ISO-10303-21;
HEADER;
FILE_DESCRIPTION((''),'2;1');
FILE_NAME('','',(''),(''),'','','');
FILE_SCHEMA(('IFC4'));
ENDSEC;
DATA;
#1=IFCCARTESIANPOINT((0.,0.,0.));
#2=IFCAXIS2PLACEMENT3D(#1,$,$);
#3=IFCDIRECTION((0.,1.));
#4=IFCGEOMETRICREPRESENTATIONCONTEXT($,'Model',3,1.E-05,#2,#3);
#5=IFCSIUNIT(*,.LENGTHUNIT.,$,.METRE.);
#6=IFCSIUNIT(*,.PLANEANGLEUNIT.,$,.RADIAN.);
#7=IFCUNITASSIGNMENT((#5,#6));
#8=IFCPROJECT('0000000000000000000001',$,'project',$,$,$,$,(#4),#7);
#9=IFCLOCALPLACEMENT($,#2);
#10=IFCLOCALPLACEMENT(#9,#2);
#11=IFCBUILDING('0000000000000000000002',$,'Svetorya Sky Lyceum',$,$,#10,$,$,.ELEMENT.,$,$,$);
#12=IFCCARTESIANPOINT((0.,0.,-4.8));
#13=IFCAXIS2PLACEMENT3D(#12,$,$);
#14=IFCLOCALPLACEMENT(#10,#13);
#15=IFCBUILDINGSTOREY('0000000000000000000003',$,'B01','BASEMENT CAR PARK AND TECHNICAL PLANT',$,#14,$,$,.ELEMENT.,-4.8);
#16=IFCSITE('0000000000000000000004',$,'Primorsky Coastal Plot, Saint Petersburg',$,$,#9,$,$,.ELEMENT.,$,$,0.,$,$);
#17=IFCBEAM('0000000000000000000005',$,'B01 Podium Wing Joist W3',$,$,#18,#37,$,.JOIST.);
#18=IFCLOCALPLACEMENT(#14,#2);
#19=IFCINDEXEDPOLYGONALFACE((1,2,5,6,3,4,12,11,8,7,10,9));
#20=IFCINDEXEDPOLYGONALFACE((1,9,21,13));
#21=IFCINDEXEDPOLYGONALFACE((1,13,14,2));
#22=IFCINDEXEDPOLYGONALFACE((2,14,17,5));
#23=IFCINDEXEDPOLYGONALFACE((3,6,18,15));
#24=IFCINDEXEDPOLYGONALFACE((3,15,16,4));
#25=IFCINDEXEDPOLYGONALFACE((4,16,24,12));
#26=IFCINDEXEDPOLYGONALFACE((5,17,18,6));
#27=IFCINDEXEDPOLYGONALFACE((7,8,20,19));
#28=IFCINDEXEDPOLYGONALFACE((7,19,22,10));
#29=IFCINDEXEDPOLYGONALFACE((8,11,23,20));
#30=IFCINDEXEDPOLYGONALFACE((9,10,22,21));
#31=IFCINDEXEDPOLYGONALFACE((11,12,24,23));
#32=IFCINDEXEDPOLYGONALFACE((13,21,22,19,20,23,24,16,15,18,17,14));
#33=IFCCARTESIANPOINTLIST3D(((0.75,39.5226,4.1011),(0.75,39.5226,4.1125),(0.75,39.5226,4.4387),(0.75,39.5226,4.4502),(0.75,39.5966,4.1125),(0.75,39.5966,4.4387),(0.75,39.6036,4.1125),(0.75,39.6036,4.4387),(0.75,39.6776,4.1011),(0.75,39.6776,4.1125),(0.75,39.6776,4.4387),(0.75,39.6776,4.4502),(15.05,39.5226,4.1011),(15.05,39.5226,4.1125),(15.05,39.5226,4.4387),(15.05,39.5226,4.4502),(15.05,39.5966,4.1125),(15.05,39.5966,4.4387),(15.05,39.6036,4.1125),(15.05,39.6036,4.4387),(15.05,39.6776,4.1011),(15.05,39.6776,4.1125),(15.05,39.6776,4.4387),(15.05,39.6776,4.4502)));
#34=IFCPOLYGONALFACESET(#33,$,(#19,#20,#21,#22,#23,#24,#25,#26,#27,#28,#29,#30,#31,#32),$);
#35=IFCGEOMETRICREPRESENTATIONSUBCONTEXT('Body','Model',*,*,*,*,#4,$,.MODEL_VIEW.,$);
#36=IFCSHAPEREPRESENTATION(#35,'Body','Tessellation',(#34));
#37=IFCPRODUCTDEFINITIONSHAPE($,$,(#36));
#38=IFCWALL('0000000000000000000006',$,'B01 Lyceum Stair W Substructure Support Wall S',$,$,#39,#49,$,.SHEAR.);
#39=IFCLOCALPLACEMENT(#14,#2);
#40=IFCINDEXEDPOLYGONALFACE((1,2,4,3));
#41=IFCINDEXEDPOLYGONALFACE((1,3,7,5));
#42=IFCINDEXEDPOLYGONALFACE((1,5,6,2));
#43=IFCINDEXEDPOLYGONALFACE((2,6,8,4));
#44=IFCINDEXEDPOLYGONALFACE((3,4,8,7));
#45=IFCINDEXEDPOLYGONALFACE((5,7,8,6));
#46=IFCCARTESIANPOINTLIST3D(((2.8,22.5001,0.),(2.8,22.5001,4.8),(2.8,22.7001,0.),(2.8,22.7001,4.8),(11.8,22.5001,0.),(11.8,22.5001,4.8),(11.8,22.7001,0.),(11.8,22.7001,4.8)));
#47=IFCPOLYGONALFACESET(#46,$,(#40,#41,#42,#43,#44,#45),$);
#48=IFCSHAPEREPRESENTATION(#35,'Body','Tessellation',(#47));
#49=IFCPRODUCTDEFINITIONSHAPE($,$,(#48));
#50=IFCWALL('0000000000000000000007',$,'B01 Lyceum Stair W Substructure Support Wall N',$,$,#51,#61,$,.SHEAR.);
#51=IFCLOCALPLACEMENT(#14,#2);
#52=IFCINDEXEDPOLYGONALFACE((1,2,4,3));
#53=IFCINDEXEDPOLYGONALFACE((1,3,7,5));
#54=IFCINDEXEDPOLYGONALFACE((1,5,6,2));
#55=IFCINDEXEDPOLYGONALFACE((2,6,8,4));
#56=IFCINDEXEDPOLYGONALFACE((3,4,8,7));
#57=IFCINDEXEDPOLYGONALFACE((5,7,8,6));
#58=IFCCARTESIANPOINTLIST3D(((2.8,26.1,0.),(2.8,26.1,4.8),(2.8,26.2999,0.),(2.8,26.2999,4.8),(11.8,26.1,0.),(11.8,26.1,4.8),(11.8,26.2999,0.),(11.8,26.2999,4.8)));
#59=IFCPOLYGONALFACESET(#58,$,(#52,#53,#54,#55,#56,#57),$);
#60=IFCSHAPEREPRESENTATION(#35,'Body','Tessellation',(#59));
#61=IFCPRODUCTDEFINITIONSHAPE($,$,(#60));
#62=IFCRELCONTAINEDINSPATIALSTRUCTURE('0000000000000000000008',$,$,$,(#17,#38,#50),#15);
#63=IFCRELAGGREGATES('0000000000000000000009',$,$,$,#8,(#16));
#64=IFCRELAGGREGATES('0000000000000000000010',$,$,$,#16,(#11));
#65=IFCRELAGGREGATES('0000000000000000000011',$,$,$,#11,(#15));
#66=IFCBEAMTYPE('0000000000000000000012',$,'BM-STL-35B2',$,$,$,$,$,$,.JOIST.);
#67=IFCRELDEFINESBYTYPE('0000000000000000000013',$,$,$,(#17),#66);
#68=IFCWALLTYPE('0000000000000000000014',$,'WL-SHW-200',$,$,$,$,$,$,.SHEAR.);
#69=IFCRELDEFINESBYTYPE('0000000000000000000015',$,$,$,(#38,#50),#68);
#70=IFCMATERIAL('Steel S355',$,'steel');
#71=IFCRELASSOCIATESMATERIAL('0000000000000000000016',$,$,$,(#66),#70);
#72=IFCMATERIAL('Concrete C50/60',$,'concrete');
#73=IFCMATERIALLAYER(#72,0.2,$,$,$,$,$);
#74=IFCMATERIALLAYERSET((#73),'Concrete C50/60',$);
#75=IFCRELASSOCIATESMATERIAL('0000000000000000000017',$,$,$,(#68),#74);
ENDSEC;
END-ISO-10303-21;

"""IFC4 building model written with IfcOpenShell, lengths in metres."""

from ifc_helpers import new_model, si_unit, direction, frame, frame_2d, origin, origin_2d, place, context, subcontext, project, spatial, rectangle, i_section, extrude, material, layer, layer_set, material_profile, profile_set, type_object, element, save


model = new_model("IFC4")

# Units and contexts
model_context = context("Model", 3, precision=1e-05, world=origin(), true_north=direction((0.0, 1.0)))
body_context = subcontext(model_context, "Body", "Model", "MODEL_VIEW")
ifc_project = project(units=[si_unit("LENGTHUNIT", "METRE"), si_unit("PLANEANGLEUNIT", "RADIAN")], contexts=[model_context])

# Site, building, storey
site_placement = place(None, origin())
site = spatial("IfcSite", under=ifc_project, at=site_placement, Name="Primorsky Coastal Plot, Saint Petersburg", CompositionType="ELEMENT", RefElevation=0.0)
building_placement = place(site_placement, origin())
building = spatial("IfcBuilding", under=site, at=building_placement, Name="Svetorya Sky Lyceum", CompositionType="ELEMENT")
storey_placement = place(building_placement, frame((0.0, 0.0, -4.8)))
storey = spatial("IfcBuildingStorey", under=building, at=storey_placement, Name="B01", Description="BASEMENT CAR PARK AND TECHNICAL PLANT", CompositionType="ELEMENT", Elevation=-4.8)

# Beam
ifc_material_1 = material(Name="Concrete C50/60", Category="concrete")
ifc_material_2 = material(Name="Steel S355", Category="steel")
ifc_material_profile_1 = material_profile(ifc_material_2, i_section(OverallWidth=0.155, OverallDepth=0.3491, WebThickness=0.0071, FlangeThickness=0.0115, at=origin_2d()), Name="GOST 35B2")
ifc_profile_set_1 = profile_set([ifc_material_profile_1], Name="Steel S355")
beam_type_1 = type_object("IfcBeamType", Name="BM-STL-35B2", PredefinedType="JOIST", material=ifc_profile_set_1)
beam_1_placement = place(storey_placement, frame((0.75, 39.6001, 4.2756), z_axis=(1.0, 0.0, 0.0), x_axis=(0.0, 1.0, 0.0)))
element("IfcBeam", 1, at=beam_1_placement, inside=storey, type_object=beam_type_1, Name="B01 Podium Wing Joist W3", PredefinedType="JOIST", context=body_context, shape_type="SweptSolid", body=[
    extrude(i_section(OverallWidth=0.155, OverallDepth=0.3491, WebThickness=0.0071, FlangeThickness=0.0115, at=origin_2d()), origin(), (0.0, 0.0, 1.0), 14.3),
])

# Walls
ifc_layer = layer(ifc_material_1, 0.2)
ifc_layer_set = layer_set([ifc_layer], Name="Concrete C50/60")
wall_type = type_object("IfcWallType", Name="WL-SHW-200", PredefinedType="SHEAR", material=ifc_layer_set)
for number, where, z_axis, x_axis, name in (
    (2, (2.8, 22.6001, 0.0), (0.0, 0.0, 1.0), (1.0, 0.0, 0.0), "B01 Lyceum Stair W Substructure Support Wall S"),
    (3, (2.8, 26.2, 0.0), (0.0, 0.0, 1.0), (1.0, 0.0, 0.0), "B01 Lyceum Stair W Substructure Support Wall N"),
):
    element("IfcWall", number, at=place(storey_placement, frame(where, z_axis=z_axis, x_axis=x_axis)), inside=storey, type_object=wall_type, Name=name, PredefinedType="SHEAR", context=body_context, shape_type="SweptSolid", body=[
        extrude(rectangle(XDim=9.0, YDim=0.2, at=frame_2d((4.5, 0.0))), origin(), (0.0, 0.0, 1.0), 4.8),
    ])

save(model, "model.ifc")
